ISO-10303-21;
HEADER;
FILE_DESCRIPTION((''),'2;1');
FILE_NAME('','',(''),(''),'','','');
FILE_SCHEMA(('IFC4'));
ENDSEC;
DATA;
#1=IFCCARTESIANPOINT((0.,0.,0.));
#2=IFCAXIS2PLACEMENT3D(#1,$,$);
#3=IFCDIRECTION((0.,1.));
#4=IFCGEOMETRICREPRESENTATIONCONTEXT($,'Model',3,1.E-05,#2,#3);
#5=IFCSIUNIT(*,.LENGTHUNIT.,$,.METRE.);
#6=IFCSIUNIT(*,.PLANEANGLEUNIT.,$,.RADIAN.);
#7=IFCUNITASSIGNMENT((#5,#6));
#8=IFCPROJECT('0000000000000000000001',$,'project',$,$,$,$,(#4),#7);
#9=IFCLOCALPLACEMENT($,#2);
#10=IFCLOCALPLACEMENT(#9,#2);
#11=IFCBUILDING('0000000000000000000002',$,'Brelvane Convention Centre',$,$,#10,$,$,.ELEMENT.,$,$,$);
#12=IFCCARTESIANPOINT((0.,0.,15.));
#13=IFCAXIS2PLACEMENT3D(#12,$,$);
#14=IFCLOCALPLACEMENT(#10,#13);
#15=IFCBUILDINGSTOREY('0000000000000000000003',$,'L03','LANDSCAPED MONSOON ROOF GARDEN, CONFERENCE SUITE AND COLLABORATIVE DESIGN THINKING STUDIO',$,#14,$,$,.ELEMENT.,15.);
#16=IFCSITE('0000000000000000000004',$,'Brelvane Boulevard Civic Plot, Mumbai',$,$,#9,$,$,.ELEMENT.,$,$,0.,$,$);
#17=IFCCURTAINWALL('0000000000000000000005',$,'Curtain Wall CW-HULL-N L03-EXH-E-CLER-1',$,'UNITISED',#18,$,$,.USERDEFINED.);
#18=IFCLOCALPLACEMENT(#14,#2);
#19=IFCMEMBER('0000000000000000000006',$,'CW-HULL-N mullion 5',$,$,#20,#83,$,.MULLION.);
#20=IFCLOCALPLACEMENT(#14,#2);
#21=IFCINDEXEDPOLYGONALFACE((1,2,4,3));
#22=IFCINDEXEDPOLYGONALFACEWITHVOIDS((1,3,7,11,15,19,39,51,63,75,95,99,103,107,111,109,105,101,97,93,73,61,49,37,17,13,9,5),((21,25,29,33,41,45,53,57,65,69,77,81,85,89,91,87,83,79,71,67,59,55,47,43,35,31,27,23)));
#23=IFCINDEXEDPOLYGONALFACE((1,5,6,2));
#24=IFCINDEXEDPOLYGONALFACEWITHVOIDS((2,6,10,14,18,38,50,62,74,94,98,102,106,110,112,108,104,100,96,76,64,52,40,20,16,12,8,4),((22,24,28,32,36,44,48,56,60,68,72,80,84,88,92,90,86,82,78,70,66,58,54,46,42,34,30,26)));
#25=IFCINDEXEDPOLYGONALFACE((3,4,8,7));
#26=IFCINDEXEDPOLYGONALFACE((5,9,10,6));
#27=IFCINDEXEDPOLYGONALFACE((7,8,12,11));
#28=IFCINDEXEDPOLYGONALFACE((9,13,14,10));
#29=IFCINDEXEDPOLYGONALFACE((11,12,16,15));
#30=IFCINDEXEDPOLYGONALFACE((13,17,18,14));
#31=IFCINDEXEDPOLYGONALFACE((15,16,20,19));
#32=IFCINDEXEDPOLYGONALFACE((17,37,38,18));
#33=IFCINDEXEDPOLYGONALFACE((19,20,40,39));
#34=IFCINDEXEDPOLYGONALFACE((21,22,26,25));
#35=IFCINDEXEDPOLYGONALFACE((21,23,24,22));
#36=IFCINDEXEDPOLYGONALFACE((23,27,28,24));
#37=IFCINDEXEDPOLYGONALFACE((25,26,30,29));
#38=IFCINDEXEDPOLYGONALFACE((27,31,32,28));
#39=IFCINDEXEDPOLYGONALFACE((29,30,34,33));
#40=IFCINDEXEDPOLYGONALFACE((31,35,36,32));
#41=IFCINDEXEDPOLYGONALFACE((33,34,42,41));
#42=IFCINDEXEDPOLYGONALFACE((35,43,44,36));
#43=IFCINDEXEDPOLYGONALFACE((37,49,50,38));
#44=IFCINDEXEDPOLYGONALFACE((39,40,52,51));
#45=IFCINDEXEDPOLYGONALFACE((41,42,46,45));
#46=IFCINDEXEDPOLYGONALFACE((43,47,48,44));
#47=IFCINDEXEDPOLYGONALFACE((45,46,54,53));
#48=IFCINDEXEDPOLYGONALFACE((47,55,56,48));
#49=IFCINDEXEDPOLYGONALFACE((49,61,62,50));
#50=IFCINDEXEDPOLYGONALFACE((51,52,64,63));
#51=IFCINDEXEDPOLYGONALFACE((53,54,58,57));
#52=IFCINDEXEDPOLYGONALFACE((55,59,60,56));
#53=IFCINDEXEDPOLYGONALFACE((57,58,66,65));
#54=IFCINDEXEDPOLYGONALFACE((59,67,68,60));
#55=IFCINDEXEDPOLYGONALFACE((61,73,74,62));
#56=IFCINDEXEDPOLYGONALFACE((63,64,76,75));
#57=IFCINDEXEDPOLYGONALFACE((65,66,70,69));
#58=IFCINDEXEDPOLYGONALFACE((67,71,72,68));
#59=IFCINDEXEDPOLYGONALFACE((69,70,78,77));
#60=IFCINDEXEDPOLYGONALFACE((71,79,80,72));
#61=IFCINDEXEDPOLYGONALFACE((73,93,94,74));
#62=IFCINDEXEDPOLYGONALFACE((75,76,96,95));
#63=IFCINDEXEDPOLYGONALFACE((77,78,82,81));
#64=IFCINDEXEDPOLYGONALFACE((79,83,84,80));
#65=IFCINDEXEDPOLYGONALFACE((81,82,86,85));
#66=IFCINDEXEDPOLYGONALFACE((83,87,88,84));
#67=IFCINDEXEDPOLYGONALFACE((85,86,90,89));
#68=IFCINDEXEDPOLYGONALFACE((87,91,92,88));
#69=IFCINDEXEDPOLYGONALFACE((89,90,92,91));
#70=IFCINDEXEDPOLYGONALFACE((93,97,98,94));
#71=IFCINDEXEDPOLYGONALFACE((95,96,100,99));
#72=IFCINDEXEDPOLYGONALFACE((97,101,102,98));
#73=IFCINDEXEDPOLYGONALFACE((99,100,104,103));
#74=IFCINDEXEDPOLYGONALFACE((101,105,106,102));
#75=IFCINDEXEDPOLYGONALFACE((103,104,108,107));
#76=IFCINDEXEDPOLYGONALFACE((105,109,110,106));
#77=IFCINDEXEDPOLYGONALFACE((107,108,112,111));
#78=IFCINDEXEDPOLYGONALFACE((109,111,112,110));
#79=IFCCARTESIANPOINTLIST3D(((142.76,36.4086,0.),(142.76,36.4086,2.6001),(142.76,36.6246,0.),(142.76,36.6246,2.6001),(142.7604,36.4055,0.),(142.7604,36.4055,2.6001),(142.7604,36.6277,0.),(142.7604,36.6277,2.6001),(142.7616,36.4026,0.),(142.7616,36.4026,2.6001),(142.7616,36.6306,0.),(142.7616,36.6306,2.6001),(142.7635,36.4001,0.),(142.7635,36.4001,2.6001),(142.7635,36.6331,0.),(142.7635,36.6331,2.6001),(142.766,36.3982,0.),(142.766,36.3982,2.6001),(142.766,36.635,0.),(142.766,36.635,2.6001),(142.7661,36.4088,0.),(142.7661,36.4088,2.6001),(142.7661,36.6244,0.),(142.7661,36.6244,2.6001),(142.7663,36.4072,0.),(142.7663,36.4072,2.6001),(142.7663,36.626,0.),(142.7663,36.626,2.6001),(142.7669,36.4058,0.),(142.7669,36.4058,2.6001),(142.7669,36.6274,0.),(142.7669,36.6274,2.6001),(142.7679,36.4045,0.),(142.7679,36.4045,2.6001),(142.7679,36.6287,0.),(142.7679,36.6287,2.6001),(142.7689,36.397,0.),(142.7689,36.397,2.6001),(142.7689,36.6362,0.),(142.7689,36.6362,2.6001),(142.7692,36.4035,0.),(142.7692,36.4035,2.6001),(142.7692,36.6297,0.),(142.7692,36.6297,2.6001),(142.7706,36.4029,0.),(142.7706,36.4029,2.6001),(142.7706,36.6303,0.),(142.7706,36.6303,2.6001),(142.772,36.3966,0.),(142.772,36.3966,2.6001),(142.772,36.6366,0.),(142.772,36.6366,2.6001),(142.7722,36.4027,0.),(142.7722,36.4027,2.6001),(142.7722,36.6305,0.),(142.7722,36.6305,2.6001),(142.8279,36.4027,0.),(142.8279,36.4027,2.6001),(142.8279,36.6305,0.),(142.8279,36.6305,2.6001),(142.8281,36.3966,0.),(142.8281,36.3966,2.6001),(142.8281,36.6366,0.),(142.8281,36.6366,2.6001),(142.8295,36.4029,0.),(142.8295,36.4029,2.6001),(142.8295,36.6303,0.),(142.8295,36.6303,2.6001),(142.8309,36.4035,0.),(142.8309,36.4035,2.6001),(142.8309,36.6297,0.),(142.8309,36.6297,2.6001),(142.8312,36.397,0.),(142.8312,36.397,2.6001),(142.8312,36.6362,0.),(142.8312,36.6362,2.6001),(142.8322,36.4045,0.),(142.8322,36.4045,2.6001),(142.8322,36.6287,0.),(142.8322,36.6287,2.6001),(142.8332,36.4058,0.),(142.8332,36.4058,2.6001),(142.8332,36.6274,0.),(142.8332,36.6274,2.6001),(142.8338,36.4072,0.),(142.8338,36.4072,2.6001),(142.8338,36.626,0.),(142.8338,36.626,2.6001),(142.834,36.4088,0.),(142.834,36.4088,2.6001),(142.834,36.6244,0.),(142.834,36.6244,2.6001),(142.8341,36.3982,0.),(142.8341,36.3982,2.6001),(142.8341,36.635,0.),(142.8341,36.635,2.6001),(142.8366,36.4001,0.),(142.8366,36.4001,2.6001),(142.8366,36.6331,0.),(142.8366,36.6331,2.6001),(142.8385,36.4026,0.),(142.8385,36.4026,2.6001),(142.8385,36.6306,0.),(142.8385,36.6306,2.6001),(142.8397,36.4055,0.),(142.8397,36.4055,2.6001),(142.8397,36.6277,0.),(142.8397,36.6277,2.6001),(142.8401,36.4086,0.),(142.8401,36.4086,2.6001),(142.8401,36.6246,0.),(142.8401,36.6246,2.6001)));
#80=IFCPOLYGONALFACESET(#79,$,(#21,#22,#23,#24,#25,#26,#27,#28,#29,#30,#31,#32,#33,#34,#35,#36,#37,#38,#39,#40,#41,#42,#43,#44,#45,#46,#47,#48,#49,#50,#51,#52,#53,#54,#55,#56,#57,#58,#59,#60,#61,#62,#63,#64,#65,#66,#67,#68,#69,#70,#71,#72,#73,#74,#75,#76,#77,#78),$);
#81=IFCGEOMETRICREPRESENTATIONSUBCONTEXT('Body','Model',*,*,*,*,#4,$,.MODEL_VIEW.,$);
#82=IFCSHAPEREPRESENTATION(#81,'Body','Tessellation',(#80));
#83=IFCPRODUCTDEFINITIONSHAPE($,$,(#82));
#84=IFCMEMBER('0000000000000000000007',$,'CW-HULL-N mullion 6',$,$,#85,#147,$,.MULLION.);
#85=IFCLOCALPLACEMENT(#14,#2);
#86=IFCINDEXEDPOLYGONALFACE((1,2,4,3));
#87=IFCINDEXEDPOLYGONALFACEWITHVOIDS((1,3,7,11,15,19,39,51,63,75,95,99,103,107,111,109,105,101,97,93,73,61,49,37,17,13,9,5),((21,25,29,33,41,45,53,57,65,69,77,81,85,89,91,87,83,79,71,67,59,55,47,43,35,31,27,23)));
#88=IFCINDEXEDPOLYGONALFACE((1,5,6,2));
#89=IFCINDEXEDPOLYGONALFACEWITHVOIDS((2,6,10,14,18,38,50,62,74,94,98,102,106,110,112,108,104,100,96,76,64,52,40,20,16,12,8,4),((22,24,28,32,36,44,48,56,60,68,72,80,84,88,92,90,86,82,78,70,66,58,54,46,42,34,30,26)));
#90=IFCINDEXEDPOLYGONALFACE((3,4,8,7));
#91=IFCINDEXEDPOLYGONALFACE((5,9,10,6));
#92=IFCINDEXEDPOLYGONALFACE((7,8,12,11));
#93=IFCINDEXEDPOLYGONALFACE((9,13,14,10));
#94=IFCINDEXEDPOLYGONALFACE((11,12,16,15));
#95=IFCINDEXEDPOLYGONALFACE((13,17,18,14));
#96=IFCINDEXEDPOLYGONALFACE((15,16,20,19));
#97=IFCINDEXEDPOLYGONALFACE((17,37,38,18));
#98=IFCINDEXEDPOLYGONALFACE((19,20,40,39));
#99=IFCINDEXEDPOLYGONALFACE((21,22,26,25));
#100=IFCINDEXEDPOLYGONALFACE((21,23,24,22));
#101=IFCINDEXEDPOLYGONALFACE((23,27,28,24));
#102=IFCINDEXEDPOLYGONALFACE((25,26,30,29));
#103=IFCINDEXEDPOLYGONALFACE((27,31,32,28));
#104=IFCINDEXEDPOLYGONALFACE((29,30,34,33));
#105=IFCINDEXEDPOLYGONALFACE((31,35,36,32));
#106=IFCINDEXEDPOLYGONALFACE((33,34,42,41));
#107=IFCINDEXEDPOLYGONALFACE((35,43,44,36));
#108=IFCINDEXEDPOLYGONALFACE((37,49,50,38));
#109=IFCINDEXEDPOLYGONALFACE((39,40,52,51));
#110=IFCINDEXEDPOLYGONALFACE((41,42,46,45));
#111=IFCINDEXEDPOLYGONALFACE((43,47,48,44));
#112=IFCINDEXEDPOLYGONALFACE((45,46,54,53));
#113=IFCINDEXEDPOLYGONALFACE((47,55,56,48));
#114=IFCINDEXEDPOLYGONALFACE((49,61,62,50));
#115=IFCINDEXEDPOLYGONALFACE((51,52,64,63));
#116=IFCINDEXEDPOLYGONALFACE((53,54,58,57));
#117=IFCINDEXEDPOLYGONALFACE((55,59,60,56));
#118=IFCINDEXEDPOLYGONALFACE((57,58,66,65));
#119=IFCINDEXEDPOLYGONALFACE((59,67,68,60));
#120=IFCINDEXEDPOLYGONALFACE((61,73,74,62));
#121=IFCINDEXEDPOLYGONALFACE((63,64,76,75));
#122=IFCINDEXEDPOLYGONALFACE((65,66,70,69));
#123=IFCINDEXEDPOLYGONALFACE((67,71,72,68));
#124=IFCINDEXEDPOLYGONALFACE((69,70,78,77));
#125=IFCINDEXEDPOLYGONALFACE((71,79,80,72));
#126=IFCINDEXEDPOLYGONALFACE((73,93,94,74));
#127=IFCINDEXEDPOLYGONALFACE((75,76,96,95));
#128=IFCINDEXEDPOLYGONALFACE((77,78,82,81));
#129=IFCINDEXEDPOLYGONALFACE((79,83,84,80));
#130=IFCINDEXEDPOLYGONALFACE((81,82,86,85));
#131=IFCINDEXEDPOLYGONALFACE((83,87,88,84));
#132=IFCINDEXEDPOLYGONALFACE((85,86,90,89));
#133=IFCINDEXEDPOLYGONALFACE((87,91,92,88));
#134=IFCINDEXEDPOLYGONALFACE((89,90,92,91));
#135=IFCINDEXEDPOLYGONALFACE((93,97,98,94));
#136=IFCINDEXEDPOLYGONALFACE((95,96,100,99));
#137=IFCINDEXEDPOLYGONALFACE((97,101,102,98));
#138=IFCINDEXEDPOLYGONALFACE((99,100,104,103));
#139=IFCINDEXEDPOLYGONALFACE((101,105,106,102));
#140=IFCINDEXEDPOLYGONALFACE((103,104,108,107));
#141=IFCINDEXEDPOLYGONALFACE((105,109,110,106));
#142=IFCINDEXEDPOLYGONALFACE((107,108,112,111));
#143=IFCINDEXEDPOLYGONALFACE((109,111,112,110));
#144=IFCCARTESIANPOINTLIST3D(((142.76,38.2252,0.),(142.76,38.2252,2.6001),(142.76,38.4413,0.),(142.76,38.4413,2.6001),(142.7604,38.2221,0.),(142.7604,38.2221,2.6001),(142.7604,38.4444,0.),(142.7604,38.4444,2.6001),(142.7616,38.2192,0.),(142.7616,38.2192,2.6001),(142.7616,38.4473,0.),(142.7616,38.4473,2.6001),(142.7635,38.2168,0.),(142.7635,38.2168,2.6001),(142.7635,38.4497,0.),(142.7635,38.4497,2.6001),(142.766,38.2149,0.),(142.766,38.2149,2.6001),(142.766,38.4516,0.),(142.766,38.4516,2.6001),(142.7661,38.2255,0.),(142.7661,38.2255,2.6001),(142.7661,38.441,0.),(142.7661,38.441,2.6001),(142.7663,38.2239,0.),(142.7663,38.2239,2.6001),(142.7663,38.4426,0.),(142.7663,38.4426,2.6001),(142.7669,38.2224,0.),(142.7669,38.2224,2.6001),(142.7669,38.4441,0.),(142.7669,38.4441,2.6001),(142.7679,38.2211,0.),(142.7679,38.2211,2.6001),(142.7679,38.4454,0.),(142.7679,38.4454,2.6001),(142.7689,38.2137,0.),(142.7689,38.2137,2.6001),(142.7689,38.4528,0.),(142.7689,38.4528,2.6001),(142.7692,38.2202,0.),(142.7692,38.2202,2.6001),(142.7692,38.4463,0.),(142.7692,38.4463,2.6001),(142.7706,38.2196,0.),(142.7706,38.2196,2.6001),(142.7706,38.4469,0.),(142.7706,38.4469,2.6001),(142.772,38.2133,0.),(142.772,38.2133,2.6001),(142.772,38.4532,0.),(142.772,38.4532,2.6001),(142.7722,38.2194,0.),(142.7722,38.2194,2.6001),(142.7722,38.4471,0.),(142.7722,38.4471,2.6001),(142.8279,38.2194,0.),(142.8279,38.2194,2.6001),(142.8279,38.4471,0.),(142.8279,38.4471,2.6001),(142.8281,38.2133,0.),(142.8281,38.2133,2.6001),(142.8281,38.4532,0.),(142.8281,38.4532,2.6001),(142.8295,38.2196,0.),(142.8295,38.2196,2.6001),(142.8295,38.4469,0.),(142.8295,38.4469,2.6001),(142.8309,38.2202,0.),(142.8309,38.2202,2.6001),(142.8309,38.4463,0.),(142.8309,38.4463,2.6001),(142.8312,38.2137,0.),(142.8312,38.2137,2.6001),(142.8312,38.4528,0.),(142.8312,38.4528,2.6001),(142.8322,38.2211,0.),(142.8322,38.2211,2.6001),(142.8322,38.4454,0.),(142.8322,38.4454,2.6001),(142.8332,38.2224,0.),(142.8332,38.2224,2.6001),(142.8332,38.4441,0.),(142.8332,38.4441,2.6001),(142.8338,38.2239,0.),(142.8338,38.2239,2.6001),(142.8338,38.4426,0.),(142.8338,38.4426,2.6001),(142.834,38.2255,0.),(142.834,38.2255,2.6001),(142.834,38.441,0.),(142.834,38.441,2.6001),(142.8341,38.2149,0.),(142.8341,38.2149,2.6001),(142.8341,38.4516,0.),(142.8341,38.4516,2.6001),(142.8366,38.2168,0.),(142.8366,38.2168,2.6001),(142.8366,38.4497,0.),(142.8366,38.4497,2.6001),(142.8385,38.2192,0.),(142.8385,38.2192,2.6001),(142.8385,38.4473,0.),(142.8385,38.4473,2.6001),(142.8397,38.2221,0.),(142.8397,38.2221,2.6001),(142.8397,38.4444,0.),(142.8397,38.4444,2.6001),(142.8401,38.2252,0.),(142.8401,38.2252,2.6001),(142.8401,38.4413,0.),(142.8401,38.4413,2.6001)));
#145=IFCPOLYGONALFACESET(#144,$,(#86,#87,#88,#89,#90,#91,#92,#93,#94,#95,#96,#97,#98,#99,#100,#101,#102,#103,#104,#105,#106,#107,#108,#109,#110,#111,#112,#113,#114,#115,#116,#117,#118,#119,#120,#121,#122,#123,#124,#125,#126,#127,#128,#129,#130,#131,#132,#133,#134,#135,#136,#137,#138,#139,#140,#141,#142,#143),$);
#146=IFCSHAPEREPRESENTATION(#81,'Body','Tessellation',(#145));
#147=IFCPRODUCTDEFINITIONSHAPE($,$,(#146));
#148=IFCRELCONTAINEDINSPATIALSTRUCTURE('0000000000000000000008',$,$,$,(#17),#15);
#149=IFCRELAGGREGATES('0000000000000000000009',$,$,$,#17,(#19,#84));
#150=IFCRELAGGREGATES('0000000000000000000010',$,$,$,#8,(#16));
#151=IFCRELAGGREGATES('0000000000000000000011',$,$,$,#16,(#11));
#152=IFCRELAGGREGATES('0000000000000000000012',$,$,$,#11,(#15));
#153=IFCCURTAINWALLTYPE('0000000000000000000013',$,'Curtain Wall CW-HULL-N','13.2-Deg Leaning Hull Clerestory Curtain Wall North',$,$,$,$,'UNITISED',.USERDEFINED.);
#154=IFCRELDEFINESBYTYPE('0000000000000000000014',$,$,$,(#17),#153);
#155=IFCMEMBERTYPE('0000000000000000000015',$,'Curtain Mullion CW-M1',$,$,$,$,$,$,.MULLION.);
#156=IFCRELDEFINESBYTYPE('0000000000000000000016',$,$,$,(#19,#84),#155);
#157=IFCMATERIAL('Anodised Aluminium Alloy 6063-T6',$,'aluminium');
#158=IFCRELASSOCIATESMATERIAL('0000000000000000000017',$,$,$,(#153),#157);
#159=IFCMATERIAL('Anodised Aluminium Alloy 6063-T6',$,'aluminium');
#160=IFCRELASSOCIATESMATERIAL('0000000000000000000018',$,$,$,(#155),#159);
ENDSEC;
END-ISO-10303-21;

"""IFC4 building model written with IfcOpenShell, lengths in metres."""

from ifc_helpers import new_model, si_unit, direction, frame, origin, origin_2d, place, context, subcontext, project, spatial, hollow_rectangle, extrude, material, material_profile, profile_set, type_object, element, aggregate, save


model = new_model("IFC4")

# Units and contexts
model_context = context("Model", 3, precision=1e-05, world=origin(), true_north=direction((0.0, 1.0)))
body_context = subcontext(model_context, "Body", "Model", "MODEL_VIEW")
ifc_project = project(units=[si_unit("LENGTHUNIT", "METRE"), si_unit("PLANEANGLEUNIT", "RADIAN")], contexts=[model_context])

# Site, building, storey
site_placement = place(None, origin())
site = spatial("IfcSite", under=ifc_project, at=site_placement, Name="Brelvane Boulevard Civic Plot, Mumbai", CompositionType="ELEMENT", RefElevation=0.0)
building_placement = place(site_placement, origin())
building = spatial("IfcBuilding", under=site, at=building_placement, Name="Brelvane Convention Centre", CompositionType="ELEMENT")
storey_placement = place(building_placement, frame((0.0, 0.0, 15.0)))
storey = spatial("IfcBuildingStorey", under=building, at=storey_placement, Name="L03", Description="LANDSCAPED MONSOON ROOF GARDEN, CONFERENCE SUITE AND COLLABORATIVE DESIGN THINKING STUDIO", CompositionType="ELEMENT", Elevation=15.0)

# Curtain wall, members
ifc_material_1 = material(Name="Anodised Aluminium Alloy 6063-T6", Category="aluminium")
curtain_wall_type = type_object("IfcCurtainWallType", Name="Curtain Wall CW-HULL-N", Description="13.2-Deg Leaning Hull Clerestory Curtain Wall North", ElementType="UNITISED", PredefinedType="USERDEFINED", material=ifc_material_1)
curtain_wall_1_placement = place(storey_placement, origin())
curtain_wall_1 = element("IfcCurtainWall", 1, at=curtain_wall_1_placement, inside=storey, type_object=curtain_wall_type, Name="Curtain Wall CW-HULL-N L03-EXH-E-CLER-1", ObjectType="UNITISED", PredefinedType="USERDEFINED")
ifc_material_2 = material(Name="Anodised Aluminium Alloy 6063-T6", Category="aluminium")
ifc_material_profile_1 = material_profile(ifc_material_2, hollow_rectangle(XDim=0.0801, YDim=0.24, WallThickness=0.0061, InnerFilletRadius=0.0061, OuterFilletRadius=0.012, at=origin_2d()), Name="ALU-M 240x80x6.0")
ifc_profile_set_1 = profile_set([ifc_material_profile_1], Name="Anodised Aluminium Alloy 6063-T6")
member_type_1 = type_object("IfcMemberType", Name="Curtain Mullion CW-M1", PredefinedType="MULLION", material=ifc_profile_set_1)
member_1_placement = place(storey_placement, frame((142.8, 36.5166, 0.0), z_axis=(0.0, 0.0, 1.0), x_axis=(-1.0, 0.0, 0.0)))
member_1 = element("IfcMember", 2, at=member_1_placement, type_object=member_type_1, Name="CW-HULL-N mullion 5", PredefinedType="MULLION", context=body_context, shape_type="SweptSolid", body=[
    extrude(hollow_rectangle(XDim=0.0801, YDim=0.24, WallThickness=0.0061, InnerFilletRadius=0.0061, OuterFilletRadius=0.012, at=origin_2d()), origin(), (0.0, 0.0, 1.0), 2.6001),
])
member_2_placement = place(storey_placement, frame((142.8, 38.3333, 0.0), z_axis=(0.0, 0.0, 1.0), x_axis=(-1.0, 0.0, 0.0)))
member_2 = element("IfcMember", 3, at=member_2_placement, type_object=member_type_1, Name="CW-HULL-N mullion 6", PredefinedType="MULLION", context=body_context, shape_type="SweptSolid", body=[
    extrude(hollow_rectangle(XDim=0.0801, YDim=0.24, WallThickness=0.0061, InnerFilletRadius=0.0061, OuterFilletRadius=0.012, at=origin_2d()), origin(), (0.0, 0.0, 1.0), 2.6001),
])

aggregate(curtain_wall_1, [member_1, member_2])

save(model, "model.ifc")
